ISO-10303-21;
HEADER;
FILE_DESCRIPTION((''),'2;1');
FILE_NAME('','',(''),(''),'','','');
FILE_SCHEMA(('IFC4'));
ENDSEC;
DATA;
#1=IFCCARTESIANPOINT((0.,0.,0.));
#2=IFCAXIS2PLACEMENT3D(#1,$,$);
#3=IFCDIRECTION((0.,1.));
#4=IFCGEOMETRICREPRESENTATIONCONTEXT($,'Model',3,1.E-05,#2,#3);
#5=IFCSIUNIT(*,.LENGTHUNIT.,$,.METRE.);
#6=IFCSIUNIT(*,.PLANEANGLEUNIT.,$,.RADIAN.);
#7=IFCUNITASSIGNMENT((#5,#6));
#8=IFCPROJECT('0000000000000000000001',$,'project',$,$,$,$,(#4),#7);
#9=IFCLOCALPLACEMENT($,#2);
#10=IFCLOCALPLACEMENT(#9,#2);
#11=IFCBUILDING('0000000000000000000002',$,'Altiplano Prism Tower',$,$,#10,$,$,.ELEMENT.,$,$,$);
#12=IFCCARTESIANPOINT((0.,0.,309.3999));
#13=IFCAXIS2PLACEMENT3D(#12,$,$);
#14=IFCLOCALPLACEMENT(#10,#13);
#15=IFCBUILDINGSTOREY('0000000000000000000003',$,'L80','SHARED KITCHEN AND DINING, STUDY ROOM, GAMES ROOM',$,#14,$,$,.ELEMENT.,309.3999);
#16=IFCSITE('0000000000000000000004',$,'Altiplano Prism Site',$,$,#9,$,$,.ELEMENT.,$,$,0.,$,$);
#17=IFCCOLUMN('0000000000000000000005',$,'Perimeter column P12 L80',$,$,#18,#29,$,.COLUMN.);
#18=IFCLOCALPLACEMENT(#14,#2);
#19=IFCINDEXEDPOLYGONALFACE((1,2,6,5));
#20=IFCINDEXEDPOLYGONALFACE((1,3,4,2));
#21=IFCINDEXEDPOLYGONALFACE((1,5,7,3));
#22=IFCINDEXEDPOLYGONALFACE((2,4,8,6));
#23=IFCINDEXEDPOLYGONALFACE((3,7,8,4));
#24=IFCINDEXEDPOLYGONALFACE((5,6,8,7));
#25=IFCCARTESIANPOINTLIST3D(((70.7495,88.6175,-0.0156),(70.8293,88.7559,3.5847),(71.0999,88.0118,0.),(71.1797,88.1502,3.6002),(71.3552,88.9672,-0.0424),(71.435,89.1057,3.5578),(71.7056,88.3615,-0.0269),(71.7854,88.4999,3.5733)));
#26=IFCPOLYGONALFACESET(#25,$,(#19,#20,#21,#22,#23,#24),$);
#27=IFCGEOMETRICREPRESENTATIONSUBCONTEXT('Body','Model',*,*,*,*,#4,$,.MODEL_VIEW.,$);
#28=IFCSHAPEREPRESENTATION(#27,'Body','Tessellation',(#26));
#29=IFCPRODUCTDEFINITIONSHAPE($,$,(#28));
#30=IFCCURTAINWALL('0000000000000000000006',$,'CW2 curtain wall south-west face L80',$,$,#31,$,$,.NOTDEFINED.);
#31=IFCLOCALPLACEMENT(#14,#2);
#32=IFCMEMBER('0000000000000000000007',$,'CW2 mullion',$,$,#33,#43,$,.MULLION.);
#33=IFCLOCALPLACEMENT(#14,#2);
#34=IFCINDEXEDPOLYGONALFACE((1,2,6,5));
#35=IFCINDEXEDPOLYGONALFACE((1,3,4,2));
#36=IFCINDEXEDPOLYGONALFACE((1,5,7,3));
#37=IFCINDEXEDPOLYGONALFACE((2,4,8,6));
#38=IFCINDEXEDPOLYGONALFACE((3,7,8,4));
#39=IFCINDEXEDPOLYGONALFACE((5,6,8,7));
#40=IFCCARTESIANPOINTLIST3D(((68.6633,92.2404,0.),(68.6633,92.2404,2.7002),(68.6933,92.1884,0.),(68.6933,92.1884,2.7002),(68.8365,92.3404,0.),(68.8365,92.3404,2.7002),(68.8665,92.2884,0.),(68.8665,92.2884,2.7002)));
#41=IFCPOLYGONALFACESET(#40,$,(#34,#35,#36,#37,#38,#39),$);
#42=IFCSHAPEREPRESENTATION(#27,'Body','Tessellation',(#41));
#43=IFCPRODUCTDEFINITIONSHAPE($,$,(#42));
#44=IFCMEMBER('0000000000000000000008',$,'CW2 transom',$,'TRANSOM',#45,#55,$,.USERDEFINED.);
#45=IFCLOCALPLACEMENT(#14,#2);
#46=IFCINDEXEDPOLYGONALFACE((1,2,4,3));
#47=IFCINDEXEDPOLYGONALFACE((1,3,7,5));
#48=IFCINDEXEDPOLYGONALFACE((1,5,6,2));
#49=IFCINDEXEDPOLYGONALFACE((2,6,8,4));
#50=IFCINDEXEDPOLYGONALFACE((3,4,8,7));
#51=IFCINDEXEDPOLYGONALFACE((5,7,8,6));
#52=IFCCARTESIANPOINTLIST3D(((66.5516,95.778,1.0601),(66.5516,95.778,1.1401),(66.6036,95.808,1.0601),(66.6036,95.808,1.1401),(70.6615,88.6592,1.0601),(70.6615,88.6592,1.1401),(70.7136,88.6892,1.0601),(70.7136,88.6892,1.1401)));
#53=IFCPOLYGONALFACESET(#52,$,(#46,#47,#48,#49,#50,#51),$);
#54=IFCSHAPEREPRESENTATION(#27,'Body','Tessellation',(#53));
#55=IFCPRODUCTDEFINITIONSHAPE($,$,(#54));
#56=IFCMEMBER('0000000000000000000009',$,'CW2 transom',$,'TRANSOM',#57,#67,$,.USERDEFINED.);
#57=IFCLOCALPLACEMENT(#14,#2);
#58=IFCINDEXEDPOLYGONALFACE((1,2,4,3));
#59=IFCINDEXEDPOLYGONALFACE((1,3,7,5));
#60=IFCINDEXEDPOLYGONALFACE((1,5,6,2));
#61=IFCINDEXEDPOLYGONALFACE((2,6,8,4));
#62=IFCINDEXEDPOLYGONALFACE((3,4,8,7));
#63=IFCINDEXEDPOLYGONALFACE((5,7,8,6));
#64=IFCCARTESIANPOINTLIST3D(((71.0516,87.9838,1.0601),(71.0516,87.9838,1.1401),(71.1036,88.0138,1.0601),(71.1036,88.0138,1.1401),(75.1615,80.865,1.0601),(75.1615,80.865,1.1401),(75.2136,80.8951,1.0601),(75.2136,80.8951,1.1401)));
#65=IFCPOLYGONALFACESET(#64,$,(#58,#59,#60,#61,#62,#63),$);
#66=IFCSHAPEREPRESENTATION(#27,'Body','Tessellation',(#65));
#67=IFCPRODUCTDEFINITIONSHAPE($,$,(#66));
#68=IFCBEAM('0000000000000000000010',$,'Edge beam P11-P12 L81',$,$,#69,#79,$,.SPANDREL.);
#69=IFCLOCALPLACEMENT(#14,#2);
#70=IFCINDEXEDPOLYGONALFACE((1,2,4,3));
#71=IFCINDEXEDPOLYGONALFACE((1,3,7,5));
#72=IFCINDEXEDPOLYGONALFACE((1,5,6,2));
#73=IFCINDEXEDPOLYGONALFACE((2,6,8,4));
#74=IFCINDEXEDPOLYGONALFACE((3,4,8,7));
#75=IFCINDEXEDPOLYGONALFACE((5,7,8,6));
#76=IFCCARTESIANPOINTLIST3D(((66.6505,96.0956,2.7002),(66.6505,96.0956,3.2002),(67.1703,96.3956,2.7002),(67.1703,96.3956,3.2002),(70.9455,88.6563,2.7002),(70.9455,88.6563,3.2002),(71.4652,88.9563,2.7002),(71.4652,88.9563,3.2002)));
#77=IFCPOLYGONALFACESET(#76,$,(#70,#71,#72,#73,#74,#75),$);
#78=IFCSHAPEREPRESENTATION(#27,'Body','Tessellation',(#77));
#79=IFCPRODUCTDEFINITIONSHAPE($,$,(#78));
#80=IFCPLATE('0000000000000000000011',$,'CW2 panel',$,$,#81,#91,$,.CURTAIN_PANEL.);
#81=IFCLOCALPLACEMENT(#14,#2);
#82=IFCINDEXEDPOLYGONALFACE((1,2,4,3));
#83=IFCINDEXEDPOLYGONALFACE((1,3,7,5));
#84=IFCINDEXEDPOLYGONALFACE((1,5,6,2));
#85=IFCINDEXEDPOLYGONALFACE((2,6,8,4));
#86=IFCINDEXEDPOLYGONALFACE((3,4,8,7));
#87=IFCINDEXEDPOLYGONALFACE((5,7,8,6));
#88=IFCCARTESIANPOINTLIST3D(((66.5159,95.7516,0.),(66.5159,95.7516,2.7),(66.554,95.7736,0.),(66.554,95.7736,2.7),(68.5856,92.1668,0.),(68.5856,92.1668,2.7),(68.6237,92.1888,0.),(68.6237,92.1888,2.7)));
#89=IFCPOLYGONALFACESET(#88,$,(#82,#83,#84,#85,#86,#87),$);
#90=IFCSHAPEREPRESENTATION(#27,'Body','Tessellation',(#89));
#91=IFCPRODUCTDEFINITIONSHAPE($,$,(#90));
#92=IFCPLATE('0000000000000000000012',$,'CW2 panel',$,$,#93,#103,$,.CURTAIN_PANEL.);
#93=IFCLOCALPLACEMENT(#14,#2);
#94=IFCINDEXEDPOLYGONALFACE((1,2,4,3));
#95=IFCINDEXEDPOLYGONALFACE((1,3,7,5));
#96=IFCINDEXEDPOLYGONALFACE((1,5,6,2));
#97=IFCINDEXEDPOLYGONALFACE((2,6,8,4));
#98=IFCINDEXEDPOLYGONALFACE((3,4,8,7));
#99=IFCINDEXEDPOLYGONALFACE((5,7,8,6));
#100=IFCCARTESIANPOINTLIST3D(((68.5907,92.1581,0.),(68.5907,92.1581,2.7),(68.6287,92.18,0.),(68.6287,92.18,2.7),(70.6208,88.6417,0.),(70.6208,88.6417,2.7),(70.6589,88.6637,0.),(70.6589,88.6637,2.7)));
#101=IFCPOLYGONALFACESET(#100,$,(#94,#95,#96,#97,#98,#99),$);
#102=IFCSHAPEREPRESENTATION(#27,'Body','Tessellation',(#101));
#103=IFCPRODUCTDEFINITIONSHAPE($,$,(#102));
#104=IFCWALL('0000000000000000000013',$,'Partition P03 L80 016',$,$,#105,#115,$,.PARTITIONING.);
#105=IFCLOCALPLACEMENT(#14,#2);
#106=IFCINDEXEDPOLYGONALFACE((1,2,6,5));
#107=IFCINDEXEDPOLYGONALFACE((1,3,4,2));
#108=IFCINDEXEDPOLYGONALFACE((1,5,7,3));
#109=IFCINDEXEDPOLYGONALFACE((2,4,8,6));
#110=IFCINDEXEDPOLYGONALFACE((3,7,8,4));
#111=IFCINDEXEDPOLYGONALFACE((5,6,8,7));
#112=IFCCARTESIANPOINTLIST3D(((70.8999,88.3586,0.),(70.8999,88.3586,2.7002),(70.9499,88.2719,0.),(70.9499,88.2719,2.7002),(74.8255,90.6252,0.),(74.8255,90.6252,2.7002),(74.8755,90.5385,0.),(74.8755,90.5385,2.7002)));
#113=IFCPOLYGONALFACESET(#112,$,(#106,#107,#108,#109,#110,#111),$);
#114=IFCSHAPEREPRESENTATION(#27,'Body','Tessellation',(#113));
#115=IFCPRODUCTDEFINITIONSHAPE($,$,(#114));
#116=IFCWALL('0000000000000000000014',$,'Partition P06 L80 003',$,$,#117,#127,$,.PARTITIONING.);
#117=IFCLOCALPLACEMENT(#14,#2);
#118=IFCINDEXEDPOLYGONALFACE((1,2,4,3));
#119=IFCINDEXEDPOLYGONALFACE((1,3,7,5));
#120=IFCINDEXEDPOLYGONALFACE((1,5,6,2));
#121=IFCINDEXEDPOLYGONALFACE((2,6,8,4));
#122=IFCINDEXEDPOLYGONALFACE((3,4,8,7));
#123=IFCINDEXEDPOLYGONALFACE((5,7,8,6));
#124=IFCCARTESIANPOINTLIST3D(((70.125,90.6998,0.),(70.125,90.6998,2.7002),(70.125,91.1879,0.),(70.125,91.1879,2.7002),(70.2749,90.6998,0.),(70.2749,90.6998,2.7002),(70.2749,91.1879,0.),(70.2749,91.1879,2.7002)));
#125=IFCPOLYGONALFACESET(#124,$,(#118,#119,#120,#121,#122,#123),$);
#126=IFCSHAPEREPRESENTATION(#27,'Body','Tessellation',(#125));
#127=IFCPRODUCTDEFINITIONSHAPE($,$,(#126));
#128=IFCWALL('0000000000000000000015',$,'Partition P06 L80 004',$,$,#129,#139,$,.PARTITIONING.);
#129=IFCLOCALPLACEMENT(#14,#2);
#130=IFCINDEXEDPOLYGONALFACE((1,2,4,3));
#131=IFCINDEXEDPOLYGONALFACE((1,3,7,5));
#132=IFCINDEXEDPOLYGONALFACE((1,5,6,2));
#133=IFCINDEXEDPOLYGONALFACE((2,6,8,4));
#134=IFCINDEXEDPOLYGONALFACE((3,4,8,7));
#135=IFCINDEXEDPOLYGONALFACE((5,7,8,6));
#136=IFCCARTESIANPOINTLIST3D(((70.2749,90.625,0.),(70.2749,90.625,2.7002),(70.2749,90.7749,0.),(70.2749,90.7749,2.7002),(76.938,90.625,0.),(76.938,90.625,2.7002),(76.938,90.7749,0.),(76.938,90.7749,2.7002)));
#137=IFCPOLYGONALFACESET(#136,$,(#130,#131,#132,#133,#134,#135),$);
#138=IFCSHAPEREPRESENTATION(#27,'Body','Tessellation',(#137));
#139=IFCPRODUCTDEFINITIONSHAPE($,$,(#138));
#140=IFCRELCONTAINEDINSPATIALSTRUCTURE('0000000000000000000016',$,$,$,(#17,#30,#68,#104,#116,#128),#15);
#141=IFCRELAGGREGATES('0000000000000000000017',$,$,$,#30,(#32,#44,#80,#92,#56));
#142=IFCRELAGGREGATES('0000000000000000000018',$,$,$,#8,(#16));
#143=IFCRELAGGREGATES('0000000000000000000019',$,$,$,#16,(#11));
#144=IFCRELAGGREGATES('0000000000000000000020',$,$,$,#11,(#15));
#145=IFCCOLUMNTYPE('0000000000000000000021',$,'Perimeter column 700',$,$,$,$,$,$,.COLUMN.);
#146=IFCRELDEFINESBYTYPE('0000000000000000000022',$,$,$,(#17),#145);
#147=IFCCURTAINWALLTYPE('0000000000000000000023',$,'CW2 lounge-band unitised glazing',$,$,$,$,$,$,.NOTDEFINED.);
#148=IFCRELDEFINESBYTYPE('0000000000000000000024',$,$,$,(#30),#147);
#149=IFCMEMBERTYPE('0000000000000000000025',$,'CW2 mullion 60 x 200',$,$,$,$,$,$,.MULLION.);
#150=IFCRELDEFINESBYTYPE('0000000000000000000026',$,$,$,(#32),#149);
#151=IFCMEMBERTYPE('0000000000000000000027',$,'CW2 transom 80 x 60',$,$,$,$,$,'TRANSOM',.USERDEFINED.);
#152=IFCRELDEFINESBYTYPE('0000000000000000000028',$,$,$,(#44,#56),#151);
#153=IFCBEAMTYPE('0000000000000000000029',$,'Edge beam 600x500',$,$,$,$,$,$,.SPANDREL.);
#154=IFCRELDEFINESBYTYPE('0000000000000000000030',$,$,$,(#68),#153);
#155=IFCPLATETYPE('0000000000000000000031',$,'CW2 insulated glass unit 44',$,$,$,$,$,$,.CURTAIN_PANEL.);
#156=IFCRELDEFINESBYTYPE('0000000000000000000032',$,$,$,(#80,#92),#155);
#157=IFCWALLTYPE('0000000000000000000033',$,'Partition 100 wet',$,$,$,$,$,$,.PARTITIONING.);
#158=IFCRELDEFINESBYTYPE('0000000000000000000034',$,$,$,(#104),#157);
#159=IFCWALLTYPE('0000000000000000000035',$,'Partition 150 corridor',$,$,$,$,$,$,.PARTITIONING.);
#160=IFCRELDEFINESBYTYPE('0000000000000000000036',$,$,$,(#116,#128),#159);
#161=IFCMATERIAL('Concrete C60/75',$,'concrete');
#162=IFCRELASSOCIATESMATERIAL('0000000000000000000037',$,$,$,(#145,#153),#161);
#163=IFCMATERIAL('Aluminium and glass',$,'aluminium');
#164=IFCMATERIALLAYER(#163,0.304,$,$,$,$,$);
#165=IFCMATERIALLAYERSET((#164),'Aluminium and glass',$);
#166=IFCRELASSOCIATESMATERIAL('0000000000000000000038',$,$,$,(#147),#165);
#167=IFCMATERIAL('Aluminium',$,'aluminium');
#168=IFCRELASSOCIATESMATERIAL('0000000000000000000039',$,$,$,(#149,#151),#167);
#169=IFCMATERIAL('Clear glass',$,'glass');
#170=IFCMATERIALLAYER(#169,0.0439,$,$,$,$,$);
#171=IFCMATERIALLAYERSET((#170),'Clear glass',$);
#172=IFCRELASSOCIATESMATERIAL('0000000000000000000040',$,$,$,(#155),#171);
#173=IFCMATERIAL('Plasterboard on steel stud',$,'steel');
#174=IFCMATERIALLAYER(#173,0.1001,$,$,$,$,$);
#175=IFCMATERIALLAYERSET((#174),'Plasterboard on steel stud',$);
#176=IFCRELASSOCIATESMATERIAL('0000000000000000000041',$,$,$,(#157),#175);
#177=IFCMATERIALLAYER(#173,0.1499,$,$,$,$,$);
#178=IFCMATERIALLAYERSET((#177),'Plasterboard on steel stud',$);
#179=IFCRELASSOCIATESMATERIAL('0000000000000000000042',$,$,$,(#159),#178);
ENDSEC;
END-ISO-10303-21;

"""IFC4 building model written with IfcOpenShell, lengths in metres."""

from ifc_helpers import new_model, si_unit, direction, frame, frame_2d, origin, origin_2d, place, context, subcontext, project, spatial, rectangle, extrude, material, layer, layer_set, material_profile, profile_set, type_object, element, aggregate, save


model = new_model("IFC4")

# Units and contexts
model_context = context("Model", 3, precision=1e-05, world=origin(), true_north=direction((0.0, 1.0)))
body_context = subcontext(model_context, "Body", "Model", "MODEL_VIEW")
ifc_project = project(units=[si_unit("LENGTHUNIT", "METRE"), si_unit("PLANEANGLEUNIT", "RADIAN")], contexts=[model_context])

# Site, building, storey
site_placement = place(None, origin())
site = spatial("IfcSite", under=ifc_project, at=site_placement, Name="Altiplano Prism Site", CompositionType="ELEMENT", RefElevation=0.0)
building_placement = place(site_placement, origin())
building = spatial("IfcBuilding", under=site, at=building_placement, Name="Altiplano Prism Tower", CompositionType="ELEMENT")
storey_placement = place(building_placement, frame((0.0, 0.0, 309.3999)))
storey = spatial("IfcBuildingStorey", under=building, at=storey_placement, Name="L80", Description="SHARED KITCHEN AND DINING, STUDY ROOM, GAMES ROOM", CompositionType="ELEMENT", Elevation=309.3999)

# Column
ifc_material_1 = material(Name="Concrete C60/75", Category="concrete")
ifc_material_profile_1 = material_profile(ifc_material_1, rectangle(XDim=0.7, YDim=0.7, at=origin_2d()), Name="Perimeter column 700")
ifc_profile_set_1 = profile_set([ifc_material_profile_1], Name="Concrete C60/75")
column_type = type_object("IfcColumnType", Name="Perimeter column 700", PredefinedType="COLUMN", material=ifc_profile_set_1)
column_placement = place(storey_placement, frame((71.2275, 88.4895, -0.0212), z_axis=(0.022154, 0.038413, 0.999016), x_axis=(-0.865365, -0.499669, 0.038403)))
element("IfcColumn", 1, at=column_placement, inside=storey, type_object=column_type, Name="Perimeter column P12 L80", PredefinedType="COLUMN", context=body_context, shape_type="SweptSolid", body=[
    extrude(rectangle(XDim=0.7, YDim=0.7, at=origin_2d()), origin(), (0.0, 0.0, 1.0), 3.6038),
])

# Curtain wall, members
ifc_material_2 = material(Name="Aluminium and glass", Category="aluminium")
ifc_layer_1 = layer(ifc_material_2, 0.304)
ifc_layer_set_1 = layer_set([ifc_layer_1], Name="Aluminium and glass")
curtain_wall_type = type_object("IfcCurtainWallType", Name="CW2 lounge-band unitised glazing", PredefinedType="NOTDEFINED", material=ifc_layer_set_1)
curtain_wall_placement = place(storey_placement, origin())
curtain_wall = element("IfcCurtainWall", 2, at=curtain_wall_placement, inside=storey, type_object=curtain_wall_type, Name="CW2 curtain wall south-west face L80", PredefinedType="NOTDEFINED")
ifc_material_3 = material(Name="Aluminium", Category="aluminium")
ifc_material_profile_2 = material_profile(ifc_material_3, rectangle(XDim=0.2, YDim=0.0601, at=origin_2d()), Name="CW2 mullion 60 x 200")
ifc_profile_set_2 = profile_set([ifc_material_profile_2], Name="Aluminium")
member_type_1 = type_object("IfcMemberType", Name="CW2 mullion 60 x 200", PredefinedType="MULLION", material=ifc_profile_set_2)
member_1_placement = place(storey_placement, frame((68.7649, 92.2644, 0.0), z_axis=(0.0, 0.0, 1.0), x_axis=(0.866025, 0.5, 0.0)))
member_1 = element("IfcMember", 3, at=member_1_placement, type_object=member_type_1, Name="CW2 mullion", PredefinedType="MULLION", context=body_context, shape_type="SweptSolid", body=[
    extrude(rectangle(XDim=0.2, YDim=0.0601, at=origin_2d()), origin(), (0.0, 0.0, 1.0), 2.7002),
])
ifc_material_profile_3 = material_profile(ifc_material_3, rectangle(XDim=0.0601, YDim=0.0801, at=origin_2d()), Name="CW2 transom 80 x 60")
ifc_profile_set_3 = profile_set([ifc_material_profile_3], Name="Aluminium")
member_type_2 = type_object("IfcMemberType", Name="CW2 transom 80 x 60", ElementType="TRANSOM", PredefinedType="USERDEFINED", material=ifc_profile_set_3)
member_2_placement = place(storey_placement, frame((66.5776, 95.793, 1.1001), z_axis=(0.499992, -0.86603, 0.0), x_axis=(0.86603, 0.499992, 0.0)))
member_2 = element("IfcMember", 4, at=member_2_placement, type_object=member_type_2, Name="CW2 transom", ObjectType="TRANSOM", PredefinedType="USERDEFINED", context=body_context, shape_type="SweptSolid", body=[
    extrude(rectangle(XDim=0.0601, YDim=0.0801, at=origin_2d()), origin(), (0.0, 0.0, 1.0), 8.22),
])
member_3_placement = place(storey_placement, frame((71.0776, 87.9988, 1.1001), z_axis=(0.499992, -0.86603, 0.0), x_axis=(0.86603, 0.499992, 0.0)))
member_3 = element("IfcMember", 5, at=member_3_placement, type_object=member_type_2, Name="CW2 transom", ObjectType="TRANSOM", PredefinedType="USERDEFINED", context=body_context, shape_type="SweptSolid", body=[
    extrude(rectangle(XDim=0.0601, YDim=0.0801, at=origin_2d()), origin(), (0.0, 0.0, 1.0), 8.22),
])

# Beam
ifc_material_profile_4 = material_profile(ifc_material_1, rectangle(XDim=0.6001, YDim=0.5, at=origin_2d()), Name="Edge beam 600x500")
ifc_profile_set_4 = profile_set([ifc_material_profile_4], Name="Concrete C60/75")
beam_type = type_object("IfcBeamType", Name="Edge beam 600x500", PredefinedType="SPANDREL", material=ifc_profile_set_4)
beam_placement = place(storey_placement, frame((66.9104, 96.2456, 2.9502), z_axis=(0.499991, -0.866031, 0.0), x_axis=(0.866031, 0.499991, 0.0)))
element("IfcBeam", 6, at=beam_placement, inside=storey, type_object=beam_type, Name="Edge beam P11-P12 L81", PredefinedType="SPANDREL", context=body_context, shape_type="SweptSolid", body=[
    extrude(rectangle(XDim=0.6001, YDim=0.5, at=origin_2d()), origin(), (0.0, 0.0, 1.0), 8.5901),
])

# Plates
ifc_material_4 = material(Name="Clear glass", Category="glass")
ifc_layer_2 = layer(ifc_material_4, 0.0439)
ifc_layer_set_2 = layer_set([ifc_layer_2], Name="Clear glass")
plate_type = type_object("IfcPlateType", Name="CW2 insulated glass unit 44", PredefinedType="CURTAIN_PANEL", material=ifc_layer_set_2)
plate_1_placement = place(storey_placement, frame((67.5698, 93.9702, 0.0), z_axis=(0.0, 0.0, 1.0), x_axis=(0.5, -0.866025, 0.0)))
plate_1 = element("IfcPlate", 7, at=plate_1_placement, type_object=plate_type, Name="CW2 panel", PredefinedType="CURTAIN_PANEL", context=body_context, shape_type="SweptSolid", body=[
    extrude(rectangle(XDim=4.1394, YDim=0.0439, at=origin_2d()), origin(), (0.0, 0.0, 1.0), 2.7),
])
plate_2_placement = place(storey_placement, frame((69.6248, 90.4109, 0.0), z_axis=(0.0, 0.0, 1.0), x_axis=(0.5, -0.866025, 0.0)))
plate_2 = element("IfcPlate", 8, at=plate_2_placement, type_object=plate_type, Name="CW2 panel", PredefinedType="CURTAIN_PANEL", context=body_context, shape_type="SweptSolid", body=[
    extrude(rectangle(XDim=4.0603, YDim=0.0439, at=origin_2d()), origin(), (0.0, 0.0, 1.0), 2.7),
])
aggregate(curtain_wall, [member_1, member_2, plate_1, plate_2, member_3])

# Walls
ifc_material_5 = material(Name="Plasterboard on steel stud", Category="steel")
ifc_layer_3 = layer(ifc_material_5, 0.1001)
ifc_layer_set_3 = layer_set([ifc_layer_3], Name="Plasterboard on steel stud")
wall_type_1 = type_object("IfcWallType", Name="Partition 100 wet", PredefinedType="PARTITIONING", material=ifc_layer_set_3)
wall_1_placement = place(storey_placement, frame((70.9248, 88.3152, 0.0), z_axis=(0.0, 0.0, 1.0), x_axis=(0.866007, 0.500032, 0.0)))
element("IfcWall", 9, at=wall_1_placement, inside=storey, type_object=wall_type_1, Name="Partition P03 L80 016", PredefinedType="PARTITIONING", context=body_context, shape_type="SweptSolid", body=[
    extrude(rectangle(XDim=4.533, YDim=0.1001, at=frame_2d((2.2666, 0.0))), origin(), (0.0, 0.0, 1.0), 2.7002),
])
ifc_layer_4 = layer(ifc_material_5, 0.1499)
ifc_layer_set_4 = layer_set([ifc_layer_4], Name="Plasterboard on steel stud")
wall_type_2 = type_object("IfcWallType", Name="Partition 150 corridor", PredefinedType="PARTITIONING", material=ifc_layer_set_4)
wall_2_placement = place(storey_placement, frame((70.2, 91.188, 0.0), z_axis=(0.0, 0.0, 1.0), x_axis=(0.0, -1.0, 0.0)))
element("IfcWall", 10, at=wall_2_placement, inside=storey, type_object=wall_type_2, Name="Partition P06 L80 003", PredefinedType="PARTITIONING", context=body_context, shape_type="SweptSolid", body=[
    extrude(rectangle(XDim=0.488, YDim=0.1499, at=frame_2d((0.2441, 0.0))), origin(), (0.0, 0.0, 1.0), 2.7002),
])
wall_3_placement = place(storey_placement, frame((70.2749, 90.7, 0.0), z_axis=(0.0, 0.0, 1.0), x_axis=(1.0, 0.0, 0.0)))
element("IfcWall", 11, at=wall_3_placement, inside=storey, type_object=wall_type_2, Name="Partition P06 L80 004", PredefinedType="PARTITIONING", context=body_context, shape_type="SweptSolid", body=[
    extrude(rectangle(XDim=6.6631, YDim=0.1499, at=frame_2d((3.3315, 0.0))), origin(), (0.0, 0.0, 1.0), 2.7002),
])

save(model, "model.ifc")
